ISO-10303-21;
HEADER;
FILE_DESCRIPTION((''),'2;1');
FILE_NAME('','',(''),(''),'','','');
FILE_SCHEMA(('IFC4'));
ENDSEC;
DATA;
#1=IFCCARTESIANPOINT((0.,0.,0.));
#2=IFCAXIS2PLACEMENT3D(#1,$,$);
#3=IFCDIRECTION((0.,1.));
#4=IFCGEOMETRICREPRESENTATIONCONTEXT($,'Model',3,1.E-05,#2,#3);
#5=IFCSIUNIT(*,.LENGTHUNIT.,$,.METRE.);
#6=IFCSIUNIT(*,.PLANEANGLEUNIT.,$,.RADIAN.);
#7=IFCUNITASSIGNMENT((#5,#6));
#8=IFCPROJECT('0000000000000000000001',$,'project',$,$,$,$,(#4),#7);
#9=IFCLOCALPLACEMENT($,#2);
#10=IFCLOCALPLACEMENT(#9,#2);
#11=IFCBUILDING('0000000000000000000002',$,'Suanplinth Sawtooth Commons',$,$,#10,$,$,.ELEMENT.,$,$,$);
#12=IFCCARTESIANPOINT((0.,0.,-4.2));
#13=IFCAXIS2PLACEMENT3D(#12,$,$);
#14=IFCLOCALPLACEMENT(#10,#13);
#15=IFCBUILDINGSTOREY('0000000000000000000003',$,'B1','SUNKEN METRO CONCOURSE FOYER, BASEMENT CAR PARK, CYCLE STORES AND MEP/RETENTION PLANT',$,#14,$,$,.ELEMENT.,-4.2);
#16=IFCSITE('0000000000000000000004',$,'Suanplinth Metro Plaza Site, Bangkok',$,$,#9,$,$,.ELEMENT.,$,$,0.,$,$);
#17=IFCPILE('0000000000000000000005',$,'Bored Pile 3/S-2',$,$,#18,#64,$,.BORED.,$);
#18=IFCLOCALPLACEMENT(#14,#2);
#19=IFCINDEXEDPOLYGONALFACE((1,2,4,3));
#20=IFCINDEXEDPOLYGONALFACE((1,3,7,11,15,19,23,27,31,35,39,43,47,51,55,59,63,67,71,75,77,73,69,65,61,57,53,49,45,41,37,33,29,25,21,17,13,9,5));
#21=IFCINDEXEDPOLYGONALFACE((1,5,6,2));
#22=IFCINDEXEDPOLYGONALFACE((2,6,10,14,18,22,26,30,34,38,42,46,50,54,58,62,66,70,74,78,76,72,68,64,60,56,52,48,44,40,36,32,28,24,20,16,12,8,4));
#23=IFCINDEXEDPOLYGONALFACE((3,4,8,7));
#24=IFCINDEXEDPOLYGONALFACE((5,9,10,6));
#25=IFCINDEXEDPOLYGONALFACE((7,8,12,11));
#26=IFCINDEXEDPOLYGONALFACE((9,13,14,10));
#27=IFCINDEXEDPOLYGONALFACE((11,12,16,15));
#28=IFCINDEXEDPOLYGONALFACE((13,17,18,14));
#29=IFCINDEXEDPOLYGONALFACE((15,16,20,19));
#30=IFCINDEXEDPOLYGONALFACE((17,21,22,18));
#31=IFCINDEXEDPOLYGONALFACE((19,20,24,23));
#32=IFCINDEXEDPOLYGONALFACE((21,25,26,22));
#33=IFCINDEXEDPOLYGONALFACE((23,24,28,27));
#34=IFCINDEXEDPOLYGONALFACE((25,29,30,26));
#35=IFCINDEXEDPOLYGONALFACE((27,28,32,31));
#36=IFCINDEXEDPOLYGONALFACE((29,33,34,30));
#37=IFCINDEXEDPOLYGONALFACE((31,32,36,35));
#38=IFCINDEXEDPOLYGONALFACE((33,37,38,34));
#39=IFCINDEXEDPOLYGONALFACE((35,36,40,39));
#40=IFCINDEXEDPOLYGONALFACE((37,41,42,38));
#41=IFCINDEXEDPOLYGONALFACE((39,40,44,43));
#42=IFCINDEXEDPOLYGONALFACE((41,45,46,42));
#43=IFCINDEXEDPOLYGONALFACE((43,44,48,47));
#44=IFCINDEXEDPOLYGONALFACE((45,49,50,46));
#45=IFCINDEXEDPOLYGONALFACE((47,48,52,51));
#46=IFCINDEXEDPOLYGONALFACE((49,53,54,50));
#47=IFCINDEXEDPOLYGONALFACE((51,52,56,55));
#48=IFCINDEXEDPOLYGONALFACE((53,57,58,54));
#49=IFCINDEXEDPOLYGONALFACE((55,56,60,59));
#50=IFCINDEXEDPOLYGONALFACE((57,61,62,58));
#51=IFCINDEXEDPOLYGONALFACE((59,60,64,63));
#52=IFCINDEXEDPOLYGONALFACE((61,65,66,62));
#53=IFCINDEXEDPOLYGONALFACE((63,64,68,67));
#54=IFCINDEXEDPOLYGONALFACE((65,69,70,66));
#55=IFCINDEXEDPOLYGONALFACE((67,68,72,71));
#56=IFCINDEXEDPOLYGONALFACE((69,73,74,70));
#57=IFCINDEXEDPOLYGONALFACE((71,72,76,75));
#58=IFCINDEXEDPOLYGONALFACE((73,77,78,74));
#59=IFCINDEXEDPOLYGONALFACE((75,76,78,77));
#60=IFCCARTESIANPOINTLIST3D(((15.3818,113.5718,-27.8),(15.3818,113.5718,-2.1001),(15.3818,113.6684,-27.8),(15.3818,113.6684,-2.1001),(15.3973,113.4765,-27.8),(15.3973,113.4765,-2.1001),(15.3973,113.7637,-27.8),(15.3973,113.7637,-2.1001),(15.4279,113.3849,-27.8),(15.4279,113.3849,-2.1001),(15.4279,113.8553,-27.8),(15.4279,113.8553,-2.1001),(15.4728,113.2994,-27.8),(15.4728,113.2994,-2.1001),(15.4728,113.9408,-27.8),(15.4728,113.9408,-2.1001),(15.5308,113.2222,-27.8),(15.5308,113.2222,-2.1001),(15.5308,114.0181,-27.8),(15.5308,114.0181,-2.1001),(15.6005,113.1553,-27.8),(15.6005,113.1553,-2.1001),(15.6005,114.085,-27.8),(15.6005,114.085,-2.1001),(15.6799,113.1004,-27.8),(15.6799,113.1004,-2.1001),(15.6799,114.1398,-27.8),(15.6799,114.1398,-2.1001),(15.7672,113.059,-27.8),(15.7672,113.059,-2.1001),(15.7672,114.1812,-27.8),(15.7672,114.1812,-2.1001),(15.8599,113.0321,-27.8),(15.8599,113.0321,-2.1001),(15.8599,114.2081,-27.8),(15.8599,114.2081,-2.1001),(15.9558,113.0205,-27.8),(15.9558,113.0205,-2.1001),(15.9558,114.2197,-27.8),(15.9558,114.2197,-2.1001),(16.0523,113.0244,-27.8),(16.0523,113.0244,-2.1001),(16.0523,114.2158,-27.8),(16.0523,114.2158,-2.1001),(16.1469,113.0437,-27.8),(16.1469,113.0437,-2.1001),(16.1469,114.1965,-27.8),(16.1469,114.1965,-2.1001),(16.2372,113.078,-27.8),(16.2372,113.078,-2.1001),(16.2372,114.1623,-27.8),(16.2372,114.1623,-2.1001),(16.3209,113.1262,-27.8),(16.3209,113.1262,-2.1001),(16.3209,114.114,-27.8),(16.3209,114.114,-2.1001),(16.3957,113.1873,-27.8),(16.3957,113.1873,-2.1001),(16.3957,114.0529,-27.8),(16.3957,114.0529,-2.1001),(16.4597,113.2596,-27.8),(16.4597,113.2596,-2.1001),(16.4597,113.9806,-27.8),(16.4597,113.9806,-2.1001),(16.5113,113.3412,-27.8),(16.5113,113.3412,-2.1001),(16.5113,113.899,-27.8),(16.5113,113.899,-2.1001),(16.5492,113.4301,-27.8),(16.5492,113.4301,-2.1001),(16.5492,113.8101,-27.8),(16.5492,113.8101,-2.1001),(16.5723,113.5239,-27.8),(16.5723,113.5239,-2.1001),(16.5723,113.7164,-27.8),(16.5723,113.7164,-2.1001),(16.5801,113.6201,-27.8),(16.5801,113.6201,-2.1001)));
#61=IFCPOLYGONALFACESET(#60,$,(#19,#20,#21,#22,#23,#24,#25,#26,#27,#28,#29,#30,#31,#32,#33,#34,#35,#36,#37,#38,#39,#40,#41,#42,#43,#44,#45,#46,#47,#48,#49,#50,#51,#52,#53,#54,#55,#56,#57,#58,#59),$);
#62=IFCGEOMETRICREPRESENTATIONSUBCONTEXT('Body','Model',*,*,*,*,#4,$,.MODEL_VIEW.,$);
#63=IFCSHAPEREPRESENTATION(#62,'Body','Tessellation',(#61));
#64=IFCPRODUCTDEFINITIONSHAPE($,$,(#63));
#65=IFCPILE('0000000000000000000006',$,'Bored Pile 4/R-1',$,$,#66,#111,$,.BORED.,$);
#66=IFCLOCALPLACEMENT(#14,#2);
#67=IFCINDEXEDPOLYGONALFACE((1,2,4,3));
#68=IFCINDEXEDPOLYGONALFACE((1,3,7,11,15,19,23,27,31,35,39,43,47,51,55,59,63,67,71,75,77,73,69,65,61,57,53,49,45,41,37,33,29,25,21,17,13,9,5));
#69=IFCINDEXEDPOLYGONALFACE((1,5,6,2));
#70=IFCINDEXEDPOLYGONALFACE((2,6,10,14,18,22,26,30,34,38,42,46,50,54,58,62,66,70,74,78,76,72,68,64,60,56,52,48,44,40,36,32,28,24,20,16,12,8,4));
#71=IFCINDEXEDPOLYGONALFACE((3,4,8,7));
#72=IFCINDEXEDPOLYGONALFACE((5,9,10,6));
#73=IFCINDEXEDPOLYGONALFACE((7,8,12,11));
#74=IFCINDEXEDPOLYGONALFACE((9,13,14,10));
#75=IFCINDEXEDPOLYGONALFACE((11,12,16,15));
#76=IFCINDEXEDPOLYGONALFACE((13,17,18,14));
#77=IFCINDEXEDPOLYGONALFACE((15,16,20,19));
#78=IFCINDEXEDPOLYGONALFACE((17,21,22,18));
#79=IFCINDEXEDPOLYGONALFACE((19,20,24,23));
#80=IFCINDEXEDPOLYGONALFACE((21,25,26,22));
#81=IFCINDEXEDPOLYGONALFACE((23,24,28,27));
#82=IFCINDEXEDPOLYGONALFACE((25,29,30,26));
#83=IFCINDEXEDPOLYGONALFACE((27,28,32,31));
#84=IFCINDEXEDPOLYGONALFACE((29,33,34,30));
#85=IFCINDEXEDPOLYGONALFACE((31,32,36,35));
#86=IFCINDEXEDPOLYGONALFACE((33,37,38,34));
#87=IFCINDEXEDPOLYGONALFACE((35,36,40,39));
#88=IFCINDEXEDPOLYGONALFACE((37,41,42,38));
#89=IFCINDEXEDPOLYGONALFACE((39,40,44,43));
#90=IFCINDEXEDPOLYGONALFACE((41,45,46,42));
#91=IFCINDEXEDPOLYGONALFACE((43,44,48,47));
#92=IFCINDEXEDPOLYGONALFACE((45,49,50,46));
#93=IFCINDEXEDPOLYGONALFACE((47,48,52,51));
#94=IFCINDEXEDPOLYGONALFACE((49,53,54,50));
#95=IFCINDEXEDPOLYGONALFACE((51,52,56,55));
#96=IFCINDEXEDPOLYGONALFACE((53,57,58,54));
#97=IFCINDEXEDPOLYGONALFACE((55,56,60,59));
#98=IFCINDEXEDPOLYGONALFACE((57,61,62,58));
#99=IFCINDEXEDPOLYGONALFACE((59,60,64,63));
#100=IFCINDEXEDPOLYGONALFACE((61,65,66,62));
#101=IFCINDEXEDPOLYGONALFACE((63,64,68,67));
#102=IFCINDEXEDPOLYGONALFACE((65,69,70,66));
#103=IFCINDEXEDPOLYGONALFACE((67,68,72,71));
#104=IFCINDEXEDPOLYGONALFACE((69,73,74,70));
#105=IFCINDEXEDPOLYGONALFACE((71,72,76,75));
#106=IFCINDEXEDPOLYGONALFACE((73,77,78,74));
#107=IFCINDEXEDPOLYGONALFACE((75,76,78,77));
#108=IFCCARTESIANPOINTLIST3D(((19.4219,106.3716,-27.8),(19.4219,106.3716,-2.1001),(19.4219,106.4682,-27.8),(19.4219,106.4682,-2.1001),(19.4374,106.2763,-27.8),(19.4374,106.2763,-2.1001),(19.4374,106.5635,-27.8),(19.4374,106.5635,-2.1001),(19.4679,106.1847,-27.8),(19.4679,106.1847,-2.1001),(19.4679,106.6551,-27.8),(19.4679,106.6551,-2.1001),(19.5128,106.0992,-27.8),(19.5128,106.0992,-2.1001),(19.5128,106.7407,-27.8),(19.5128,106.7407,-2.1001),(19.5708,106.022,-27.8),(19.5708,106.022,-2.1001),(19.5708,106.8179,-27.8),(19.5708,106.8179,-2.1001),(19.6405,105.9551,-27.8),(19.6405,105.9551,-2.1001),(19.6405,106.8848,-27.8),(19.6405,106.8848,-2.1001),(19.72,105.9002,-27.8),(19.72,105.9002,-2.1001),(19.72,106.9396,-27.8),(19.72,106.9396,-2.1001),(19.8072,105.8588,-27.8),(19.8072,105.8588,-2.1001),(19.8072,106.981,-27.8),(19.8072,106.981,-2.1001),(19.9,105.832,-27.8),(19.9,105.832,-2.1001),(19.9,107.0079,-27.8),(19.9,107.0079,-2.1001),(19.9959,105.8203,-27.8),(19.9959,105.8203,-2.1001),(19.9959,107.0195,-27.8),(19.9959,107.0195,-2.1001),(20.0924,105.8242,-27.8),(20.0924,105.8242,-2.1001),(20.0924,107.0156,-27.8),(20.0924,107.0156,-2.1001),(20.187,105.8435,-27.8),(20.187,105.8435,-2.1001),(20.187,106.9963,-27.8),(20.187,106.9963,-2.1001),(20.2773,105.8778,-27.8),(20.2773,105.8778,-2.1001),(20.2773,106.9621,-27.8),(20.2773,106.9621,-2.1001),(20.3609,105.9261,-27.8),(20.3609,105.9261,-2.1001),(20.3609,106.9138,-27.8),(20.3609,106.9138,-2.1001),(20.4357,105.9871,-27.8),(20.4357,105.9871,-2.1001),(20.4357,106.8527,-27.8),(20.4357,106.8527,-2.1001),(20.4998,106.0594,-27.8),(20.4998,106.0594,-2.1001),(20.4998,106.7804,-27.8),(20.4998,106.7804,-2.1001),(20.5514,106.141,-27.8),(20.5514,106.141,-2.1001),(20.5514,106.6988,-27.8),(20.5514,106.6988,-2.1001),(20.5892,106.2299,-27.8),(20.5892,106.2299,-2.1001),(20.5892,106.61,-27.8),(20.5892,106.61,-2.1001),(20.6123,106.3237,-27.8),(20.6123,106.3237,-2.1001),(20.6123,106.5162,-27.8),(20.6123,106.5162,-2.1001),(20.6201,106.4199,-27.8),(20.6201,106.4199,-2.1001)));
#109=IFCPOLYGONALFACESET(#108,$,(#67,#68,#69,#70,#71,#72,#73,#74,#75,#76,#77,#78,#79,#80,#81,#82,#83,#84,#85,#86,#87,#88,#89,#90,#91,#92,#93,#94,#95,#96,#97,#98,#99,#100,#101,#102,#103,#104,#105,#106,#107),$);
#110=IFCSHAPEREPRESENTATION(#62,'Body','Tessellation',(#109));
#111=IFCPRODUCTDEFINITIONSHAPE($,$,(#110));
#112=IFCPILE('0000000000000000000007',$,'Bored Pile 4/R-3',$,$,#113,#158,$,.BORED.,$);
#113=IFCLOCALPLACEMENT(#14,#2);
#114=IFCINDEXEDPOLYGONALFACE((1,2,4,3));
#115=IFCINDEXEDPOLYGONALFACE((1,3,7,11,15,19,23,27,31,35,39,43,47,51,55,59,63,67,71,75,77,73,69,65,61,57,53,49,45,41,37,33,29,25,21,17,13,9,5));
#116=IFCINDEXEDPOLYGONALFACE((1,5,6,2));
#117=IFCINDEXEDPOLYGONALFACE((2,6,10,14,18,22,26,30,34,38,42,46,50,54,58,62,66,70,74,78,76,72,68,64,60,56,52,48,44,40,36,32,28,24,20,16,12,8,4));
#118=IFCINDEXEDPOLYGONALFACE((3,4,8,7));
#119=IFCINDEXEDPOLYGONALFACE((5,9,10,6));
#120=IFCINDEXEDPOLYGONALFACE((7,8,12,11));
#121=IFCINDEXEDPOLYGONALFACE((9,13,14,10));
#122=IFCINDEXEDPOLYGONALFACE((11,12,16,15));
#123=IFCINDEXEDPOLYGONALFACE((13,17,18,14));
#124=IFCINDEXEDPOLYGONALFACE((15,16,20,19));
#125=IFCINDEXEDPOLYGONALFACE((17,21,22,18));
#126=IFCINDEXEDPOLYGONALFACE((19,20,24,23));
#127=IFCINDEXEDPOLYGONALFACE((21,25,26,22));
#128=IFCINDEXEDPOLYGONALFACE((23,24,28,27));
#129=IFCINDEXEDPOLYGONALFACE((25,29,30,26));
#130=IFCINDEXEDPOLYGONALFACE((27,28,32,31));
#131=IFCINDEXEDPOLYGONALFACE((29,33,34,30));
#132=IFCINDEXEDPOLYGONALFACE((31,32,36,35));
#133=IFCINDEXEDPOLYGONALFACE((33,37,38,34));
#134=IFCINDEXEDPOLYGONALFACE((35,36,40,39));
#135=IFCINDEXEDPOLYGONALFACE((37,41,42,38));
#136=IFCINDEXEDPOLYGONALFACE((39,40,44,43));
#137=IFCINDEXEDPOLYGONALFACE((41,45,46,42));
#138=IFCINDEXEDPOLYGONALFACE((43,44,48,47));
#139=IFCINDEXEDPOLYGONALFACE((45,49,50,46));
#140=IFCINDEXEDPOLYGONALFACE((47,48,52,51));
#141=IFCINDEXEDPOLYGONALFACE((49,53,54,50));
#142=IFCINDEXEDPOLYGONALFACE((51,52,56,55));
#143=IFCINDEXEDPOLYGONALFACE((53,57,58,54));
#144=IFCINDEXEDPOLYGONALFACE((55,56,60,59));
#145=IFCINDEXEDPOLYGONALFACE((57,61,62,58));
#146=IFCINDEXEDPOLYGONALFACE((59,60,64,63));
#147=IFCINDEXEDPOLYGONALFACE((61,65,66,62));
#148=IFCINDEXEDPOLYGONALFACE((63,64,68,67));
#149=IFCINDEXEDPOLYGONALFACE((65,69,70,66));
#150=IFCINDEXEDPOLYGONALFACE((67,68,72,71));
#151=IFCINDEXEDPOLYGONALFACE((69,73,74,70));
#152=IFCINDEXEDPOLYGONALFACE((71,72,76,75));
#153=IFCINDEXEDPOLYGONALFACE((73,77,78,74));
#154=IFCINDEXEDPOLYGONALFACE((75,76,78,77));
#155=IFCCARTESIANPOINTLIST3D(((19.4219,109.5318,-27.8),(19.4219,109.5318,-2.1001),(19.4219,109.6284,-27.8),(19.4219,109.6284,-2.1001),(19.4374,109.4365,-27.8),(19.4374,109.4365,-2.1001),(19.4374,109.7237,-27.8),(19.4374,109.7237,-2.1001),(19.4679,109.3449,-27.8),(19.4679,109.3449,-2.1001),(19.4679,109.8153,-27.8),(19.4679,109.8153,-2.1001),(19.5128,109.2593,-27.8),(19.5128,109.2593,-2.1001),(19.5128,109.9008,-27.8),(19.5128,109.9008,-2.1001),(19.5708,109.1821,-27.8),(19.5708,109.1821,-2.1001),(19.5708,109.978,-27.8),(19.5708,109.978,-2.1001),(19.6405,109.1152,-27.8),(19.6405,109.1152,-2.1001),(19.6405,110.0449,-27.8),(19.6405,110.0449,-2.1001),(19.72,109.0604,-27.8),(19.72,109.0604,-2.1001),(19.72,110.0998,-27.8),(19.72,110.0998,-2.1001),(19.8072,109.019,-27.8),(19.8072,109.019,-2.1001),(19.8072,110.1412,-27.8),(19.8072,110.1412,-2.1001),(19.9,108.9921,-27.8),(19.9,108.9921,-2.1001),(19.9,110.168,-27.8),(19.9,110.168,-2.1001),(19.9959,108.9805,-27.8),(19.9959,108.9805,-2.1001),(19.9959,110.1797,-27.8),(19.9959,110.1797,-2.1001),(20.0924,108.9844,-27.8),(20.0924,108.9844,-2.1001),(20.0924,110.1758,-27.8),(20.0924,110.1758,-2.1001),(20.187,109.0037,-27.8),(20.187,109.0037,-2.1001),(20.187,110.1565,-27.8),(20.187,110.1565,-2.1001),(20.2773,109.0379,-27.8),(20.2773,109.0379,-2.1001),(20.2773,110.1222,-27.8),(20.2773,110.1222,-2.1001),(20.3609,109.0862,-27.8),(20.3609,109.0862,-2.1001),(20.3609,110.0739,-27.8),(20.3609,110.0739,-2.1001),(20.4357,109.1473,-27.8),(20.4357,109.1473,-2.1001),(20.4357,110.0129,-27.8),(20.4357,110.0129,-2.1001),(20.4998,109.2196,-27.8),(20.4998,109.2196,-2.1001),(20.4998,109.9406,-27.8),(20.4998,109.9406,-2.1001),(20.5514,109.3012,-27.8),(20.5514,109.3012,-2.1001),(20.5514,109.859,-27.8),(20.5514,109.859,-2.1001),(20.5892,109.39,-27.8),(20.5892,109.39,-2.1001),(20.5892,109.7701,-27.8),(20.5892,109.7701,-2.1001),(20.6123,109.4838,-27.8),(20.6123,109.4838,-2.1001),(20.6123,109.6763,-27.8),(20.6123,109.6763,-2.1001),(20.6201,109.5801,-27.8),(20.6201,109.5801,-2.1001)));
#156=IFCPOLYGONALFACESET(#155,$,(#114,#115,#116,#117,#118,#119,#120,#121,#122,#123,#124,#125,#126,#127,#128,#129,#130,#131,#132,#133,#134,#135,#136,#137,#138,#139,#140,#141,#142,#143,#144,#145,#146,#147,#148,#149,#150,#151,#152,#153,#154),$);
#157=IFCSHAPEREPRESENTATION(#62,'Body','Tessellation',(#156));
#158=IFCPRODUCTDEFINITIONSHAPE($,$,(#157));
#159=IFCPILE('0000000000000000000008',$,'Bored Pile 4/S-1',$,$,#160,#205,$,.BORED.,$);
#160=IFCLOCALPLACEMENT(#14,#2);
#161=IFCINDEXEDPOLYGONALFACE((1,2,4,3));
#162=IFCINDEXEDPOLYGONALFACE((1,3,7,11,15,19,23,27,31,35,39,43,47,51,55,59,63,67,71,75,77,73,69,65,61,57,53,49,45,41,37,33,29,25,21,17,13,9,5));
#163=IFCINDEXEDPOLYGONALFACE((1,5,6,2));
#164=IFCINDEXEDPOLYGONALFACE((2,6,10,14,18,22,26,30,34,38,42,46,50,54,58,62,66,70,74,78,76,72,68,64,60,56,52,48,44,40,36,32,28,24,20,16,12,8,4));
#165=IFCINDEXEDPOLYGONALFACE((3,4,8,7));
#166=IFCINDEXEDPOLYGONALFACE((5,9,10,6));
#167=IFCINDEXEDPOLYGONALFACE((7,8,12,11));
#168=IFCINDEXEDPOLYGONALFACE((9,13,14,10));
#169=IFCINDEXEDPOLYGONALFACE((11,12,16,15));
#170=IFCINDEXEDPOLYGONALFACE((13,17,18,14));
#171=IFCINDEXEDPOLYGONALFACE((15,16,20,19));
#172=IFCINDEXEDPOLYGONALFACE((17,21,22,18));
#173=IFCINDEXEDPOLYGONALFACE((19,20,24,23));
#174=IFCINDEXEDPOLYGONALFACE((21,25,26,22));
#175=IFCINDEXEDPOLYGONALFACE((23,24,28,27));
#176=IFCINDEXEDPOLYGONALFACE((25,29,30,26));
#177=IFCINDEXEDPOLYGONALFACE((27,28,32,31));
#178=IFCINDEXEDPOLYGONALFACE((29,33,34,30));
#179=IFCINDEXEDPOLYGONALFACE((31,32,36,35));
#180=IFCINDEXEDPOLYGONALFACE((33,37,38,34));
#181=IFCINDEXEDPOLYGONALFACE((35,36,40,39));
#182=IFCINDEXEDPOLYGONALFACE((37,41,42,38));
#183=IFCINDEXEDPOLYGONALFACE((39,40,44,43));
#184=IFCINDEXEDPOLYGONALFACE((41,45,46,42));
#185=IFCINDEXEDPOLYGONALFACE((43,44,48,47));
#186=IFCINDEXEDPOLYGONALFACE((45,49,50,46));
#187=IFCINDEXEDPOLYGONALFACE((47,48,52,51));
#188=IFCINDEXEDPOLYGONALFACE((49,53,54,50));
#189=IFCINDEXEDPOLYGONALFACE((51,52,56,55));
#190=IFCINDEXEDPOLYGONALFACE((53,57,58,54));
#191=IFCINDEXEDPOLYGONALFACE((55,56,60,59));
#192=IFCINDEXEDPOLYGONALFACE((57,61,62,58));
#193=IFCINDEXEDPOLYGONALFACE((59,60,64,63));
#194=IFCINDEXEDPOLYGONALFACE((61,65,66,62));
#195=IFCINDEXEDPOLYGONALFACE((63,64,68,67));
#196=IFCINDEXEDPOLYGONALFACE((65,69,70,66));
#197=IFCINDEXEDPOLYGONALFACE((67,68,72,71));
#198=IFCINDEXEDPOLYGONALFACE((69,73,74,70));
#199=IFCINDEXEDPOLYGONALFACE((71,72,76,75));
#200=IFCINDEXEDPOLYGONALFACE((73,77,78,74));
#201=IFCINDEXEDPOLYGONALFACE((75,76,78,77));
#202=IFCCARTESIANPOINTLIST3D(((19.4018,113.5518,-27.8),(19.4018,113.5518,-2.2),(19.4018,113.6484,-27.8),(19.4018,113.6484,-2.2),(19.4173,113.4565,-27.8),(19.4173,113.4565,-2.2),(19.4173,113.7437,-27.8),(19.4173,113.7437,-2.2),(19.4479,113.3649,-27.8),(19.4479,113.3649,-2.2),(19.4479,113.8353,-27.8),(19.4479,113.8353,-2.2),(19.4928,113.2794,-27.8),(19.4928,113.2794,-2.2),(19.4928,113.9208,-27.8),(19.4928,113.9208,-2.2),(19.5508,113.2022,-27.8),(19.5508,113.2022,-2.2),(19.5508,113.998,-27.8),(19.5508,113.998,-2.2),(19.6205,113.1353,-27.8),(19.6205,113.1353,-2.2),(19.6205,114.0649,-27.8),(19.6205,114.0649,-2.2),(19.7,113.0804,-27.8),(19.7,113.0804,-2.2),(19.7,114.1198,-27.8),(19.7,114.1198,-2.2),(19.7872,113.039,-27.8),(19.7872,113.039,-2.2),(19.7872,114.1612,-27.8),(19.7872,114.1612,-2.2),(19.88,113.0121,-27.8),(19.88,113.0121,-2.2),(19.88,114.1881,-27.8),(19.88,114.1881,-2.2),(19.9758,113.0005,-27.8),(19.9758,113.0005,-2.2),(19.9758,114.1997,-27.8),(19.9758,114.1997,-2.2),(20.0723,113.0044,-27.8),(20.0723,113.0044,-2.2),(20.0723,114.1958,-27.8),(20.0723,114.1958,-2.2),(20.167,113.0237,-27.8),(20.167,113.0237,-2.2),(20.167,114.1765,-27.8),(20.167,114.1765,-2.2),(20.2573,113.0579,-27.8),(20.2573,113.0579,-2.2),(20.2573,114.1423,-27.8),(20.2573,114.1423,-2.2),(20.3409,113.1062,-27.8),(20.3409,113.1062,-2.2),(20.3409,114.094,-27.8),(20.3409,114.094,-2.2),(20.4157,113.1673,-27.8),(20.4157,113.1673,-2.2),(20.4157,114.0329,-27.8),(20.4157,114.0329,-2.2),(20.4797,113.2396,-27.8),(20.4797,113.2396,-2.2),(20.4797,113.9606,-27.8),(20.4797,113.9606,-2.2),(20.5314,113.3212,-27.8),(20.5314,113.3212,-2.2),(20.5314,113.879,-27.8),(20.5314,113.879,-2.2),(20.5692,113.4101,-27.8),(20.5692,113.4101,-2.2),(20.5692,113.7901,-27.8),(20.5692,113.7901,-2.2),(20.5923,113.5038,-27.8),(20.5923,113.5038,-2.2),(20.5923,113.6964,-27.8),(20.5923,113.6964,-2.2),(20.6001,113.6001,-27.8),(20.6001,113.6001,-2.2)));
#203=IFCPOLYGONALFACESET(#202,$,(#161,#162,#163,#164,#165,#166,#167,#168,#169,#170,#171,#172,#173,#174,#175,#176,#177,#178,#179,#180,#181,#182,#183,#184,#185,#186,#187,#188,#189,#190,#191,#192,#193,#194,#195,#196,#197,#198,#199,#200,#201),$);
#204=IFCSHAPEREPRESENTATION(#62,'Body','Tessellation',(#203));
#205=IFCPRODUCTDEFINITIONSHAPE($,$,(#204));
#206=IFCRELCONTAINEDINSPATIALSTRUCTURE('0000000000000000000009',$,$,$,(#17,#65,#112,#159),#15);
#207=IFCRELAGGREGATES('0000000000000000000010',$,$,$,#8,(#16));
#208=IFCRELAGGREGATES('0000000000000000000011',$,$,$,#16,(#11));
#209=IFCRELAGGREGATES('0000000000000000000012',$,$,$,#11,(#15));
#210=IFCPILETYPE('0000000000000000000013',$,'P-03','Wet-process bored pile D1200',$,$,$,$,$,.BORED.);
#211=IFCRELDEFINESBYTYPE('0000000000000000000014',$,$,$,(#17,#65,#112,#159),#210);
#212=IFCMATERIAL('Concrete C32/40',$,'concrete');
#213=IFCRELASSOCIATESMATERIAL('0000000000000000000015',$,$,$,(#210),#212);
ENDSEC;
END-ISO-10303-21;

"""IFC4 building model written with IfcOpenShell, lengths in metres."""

from ifc_helpers import new_model, si_unit, direction, frame, origin, origin_2d, place, context, subcontext, project, spatial, circle, extrude, material, material_profile, profile_set, type_object, element, save


model = new_model("IFC4")

# Units and contexts
model_context = context("Model", 3, precision=1e-05, world=origin(), true_north=direction((0.0, 1.0)))
body_context = subcontext(model_context, "Body", "Model", "MODEL_VIEW")
ifc_project = project(units=[si_unit("LENGTHUNIT", "METRE"), si_unit("PLANEANGLEUNIT", "RADIAN")], contexts=[model_context])

# Site, building, storey
site_placement = place(None, origin())
site = spatial("IfcSite", under=ifc_project, at=site_placement, Name="Suanplinth Metro Plaza Site, Bangkok", CompositionType="ELEMENT", RefElevation=0.0)
building_placement = place(site_placement, origin())
building = spatial("IfcBuilding", under=site, at=building_placement, Name="Suanplinth Sawtooth Commons", CompositionType="ELEMENT")
storey_placement = place(building_placement, frame((0.0, 0.0, -4.2)))
storey = spatial("IfcBuildingStorey", under=building, at=storey_placement, Name="B1", Description="SUNKEN METRO CONCOURSE FOYER, BASEMENT CAR PARK, CYCLE STORES AND MEP/RETENTION PLANT", CompositionType="ELEMENT", Elevation=-4.2)

# Piles
ifc_material_1 = material(Name="Concrete C32/40", Category="concrete")
ifc_material_profile_1 = material_profile(ifc_material_1, circle(Radius=0.6001, at=origin_2d()), Name="PILE D1200")
ifc_profile_set_1 = profile_set([ifc_material_profile_1], Name="Concrete C32/40")
pile_type = type_object("IfcPileType", Name="P-03", Description="Wet-process bored pile D1200", PredefinedType="BORED", material=ifc_profile_set_1)
for number, where, z_axis, x_axis, name in (
    (1, (15.98, 113.6201, -2.1001), (0.0, 0.0, -1.0), (1.0, 0.0, 0.0), "Bored Pile 3/S-2"),
    (2, (20.02, 106.4199, -2.1001), (0.0, 0.0, -1.0), (1.0, 0.0, 0.0), "Bored Pile 4/R-1"),
    (3, (20.02, 109.5801, -2.1001), (0.0, 0.0, -1.0), (1.0, 0.0, 0.0), "Bored Pile 4/R-3"),
):
    element("IfcPile", number, at=place(storey_placement, frame(where, z_axis=z_axis, x_axis=x_axis)), inside=storey, type_object=pile_type, Name=name, PredefinedType="BORED", context=body_context, shape_type="SweptSolid", body=[
        extrude(circle(Radius=0.6001, at=origin_2d()), origin(), (0.0, 0.0, 1.0), 25.7),
    ])
pile_1_placement = place(storey_placement, frame((20.0, 113.6001, -2.2), z_axis=(0.0, 0.0, -1.0), x_axis=(1.0, 0.0, 0.0)))
element("IfcPile", 4, at=pile_1_placement, inside=storey, type_object=pile_type, Name="Bored Pile 4/S-1", PredefinedType="BORED", context=body_context, shape_type="SweptSolid", body=[
    extrude(circle(Radius=0.6001, at=origin_2d()), origin(), (0.0, 0.0, 1.0), 25.6001),
])

save(model, "model.ifc")
